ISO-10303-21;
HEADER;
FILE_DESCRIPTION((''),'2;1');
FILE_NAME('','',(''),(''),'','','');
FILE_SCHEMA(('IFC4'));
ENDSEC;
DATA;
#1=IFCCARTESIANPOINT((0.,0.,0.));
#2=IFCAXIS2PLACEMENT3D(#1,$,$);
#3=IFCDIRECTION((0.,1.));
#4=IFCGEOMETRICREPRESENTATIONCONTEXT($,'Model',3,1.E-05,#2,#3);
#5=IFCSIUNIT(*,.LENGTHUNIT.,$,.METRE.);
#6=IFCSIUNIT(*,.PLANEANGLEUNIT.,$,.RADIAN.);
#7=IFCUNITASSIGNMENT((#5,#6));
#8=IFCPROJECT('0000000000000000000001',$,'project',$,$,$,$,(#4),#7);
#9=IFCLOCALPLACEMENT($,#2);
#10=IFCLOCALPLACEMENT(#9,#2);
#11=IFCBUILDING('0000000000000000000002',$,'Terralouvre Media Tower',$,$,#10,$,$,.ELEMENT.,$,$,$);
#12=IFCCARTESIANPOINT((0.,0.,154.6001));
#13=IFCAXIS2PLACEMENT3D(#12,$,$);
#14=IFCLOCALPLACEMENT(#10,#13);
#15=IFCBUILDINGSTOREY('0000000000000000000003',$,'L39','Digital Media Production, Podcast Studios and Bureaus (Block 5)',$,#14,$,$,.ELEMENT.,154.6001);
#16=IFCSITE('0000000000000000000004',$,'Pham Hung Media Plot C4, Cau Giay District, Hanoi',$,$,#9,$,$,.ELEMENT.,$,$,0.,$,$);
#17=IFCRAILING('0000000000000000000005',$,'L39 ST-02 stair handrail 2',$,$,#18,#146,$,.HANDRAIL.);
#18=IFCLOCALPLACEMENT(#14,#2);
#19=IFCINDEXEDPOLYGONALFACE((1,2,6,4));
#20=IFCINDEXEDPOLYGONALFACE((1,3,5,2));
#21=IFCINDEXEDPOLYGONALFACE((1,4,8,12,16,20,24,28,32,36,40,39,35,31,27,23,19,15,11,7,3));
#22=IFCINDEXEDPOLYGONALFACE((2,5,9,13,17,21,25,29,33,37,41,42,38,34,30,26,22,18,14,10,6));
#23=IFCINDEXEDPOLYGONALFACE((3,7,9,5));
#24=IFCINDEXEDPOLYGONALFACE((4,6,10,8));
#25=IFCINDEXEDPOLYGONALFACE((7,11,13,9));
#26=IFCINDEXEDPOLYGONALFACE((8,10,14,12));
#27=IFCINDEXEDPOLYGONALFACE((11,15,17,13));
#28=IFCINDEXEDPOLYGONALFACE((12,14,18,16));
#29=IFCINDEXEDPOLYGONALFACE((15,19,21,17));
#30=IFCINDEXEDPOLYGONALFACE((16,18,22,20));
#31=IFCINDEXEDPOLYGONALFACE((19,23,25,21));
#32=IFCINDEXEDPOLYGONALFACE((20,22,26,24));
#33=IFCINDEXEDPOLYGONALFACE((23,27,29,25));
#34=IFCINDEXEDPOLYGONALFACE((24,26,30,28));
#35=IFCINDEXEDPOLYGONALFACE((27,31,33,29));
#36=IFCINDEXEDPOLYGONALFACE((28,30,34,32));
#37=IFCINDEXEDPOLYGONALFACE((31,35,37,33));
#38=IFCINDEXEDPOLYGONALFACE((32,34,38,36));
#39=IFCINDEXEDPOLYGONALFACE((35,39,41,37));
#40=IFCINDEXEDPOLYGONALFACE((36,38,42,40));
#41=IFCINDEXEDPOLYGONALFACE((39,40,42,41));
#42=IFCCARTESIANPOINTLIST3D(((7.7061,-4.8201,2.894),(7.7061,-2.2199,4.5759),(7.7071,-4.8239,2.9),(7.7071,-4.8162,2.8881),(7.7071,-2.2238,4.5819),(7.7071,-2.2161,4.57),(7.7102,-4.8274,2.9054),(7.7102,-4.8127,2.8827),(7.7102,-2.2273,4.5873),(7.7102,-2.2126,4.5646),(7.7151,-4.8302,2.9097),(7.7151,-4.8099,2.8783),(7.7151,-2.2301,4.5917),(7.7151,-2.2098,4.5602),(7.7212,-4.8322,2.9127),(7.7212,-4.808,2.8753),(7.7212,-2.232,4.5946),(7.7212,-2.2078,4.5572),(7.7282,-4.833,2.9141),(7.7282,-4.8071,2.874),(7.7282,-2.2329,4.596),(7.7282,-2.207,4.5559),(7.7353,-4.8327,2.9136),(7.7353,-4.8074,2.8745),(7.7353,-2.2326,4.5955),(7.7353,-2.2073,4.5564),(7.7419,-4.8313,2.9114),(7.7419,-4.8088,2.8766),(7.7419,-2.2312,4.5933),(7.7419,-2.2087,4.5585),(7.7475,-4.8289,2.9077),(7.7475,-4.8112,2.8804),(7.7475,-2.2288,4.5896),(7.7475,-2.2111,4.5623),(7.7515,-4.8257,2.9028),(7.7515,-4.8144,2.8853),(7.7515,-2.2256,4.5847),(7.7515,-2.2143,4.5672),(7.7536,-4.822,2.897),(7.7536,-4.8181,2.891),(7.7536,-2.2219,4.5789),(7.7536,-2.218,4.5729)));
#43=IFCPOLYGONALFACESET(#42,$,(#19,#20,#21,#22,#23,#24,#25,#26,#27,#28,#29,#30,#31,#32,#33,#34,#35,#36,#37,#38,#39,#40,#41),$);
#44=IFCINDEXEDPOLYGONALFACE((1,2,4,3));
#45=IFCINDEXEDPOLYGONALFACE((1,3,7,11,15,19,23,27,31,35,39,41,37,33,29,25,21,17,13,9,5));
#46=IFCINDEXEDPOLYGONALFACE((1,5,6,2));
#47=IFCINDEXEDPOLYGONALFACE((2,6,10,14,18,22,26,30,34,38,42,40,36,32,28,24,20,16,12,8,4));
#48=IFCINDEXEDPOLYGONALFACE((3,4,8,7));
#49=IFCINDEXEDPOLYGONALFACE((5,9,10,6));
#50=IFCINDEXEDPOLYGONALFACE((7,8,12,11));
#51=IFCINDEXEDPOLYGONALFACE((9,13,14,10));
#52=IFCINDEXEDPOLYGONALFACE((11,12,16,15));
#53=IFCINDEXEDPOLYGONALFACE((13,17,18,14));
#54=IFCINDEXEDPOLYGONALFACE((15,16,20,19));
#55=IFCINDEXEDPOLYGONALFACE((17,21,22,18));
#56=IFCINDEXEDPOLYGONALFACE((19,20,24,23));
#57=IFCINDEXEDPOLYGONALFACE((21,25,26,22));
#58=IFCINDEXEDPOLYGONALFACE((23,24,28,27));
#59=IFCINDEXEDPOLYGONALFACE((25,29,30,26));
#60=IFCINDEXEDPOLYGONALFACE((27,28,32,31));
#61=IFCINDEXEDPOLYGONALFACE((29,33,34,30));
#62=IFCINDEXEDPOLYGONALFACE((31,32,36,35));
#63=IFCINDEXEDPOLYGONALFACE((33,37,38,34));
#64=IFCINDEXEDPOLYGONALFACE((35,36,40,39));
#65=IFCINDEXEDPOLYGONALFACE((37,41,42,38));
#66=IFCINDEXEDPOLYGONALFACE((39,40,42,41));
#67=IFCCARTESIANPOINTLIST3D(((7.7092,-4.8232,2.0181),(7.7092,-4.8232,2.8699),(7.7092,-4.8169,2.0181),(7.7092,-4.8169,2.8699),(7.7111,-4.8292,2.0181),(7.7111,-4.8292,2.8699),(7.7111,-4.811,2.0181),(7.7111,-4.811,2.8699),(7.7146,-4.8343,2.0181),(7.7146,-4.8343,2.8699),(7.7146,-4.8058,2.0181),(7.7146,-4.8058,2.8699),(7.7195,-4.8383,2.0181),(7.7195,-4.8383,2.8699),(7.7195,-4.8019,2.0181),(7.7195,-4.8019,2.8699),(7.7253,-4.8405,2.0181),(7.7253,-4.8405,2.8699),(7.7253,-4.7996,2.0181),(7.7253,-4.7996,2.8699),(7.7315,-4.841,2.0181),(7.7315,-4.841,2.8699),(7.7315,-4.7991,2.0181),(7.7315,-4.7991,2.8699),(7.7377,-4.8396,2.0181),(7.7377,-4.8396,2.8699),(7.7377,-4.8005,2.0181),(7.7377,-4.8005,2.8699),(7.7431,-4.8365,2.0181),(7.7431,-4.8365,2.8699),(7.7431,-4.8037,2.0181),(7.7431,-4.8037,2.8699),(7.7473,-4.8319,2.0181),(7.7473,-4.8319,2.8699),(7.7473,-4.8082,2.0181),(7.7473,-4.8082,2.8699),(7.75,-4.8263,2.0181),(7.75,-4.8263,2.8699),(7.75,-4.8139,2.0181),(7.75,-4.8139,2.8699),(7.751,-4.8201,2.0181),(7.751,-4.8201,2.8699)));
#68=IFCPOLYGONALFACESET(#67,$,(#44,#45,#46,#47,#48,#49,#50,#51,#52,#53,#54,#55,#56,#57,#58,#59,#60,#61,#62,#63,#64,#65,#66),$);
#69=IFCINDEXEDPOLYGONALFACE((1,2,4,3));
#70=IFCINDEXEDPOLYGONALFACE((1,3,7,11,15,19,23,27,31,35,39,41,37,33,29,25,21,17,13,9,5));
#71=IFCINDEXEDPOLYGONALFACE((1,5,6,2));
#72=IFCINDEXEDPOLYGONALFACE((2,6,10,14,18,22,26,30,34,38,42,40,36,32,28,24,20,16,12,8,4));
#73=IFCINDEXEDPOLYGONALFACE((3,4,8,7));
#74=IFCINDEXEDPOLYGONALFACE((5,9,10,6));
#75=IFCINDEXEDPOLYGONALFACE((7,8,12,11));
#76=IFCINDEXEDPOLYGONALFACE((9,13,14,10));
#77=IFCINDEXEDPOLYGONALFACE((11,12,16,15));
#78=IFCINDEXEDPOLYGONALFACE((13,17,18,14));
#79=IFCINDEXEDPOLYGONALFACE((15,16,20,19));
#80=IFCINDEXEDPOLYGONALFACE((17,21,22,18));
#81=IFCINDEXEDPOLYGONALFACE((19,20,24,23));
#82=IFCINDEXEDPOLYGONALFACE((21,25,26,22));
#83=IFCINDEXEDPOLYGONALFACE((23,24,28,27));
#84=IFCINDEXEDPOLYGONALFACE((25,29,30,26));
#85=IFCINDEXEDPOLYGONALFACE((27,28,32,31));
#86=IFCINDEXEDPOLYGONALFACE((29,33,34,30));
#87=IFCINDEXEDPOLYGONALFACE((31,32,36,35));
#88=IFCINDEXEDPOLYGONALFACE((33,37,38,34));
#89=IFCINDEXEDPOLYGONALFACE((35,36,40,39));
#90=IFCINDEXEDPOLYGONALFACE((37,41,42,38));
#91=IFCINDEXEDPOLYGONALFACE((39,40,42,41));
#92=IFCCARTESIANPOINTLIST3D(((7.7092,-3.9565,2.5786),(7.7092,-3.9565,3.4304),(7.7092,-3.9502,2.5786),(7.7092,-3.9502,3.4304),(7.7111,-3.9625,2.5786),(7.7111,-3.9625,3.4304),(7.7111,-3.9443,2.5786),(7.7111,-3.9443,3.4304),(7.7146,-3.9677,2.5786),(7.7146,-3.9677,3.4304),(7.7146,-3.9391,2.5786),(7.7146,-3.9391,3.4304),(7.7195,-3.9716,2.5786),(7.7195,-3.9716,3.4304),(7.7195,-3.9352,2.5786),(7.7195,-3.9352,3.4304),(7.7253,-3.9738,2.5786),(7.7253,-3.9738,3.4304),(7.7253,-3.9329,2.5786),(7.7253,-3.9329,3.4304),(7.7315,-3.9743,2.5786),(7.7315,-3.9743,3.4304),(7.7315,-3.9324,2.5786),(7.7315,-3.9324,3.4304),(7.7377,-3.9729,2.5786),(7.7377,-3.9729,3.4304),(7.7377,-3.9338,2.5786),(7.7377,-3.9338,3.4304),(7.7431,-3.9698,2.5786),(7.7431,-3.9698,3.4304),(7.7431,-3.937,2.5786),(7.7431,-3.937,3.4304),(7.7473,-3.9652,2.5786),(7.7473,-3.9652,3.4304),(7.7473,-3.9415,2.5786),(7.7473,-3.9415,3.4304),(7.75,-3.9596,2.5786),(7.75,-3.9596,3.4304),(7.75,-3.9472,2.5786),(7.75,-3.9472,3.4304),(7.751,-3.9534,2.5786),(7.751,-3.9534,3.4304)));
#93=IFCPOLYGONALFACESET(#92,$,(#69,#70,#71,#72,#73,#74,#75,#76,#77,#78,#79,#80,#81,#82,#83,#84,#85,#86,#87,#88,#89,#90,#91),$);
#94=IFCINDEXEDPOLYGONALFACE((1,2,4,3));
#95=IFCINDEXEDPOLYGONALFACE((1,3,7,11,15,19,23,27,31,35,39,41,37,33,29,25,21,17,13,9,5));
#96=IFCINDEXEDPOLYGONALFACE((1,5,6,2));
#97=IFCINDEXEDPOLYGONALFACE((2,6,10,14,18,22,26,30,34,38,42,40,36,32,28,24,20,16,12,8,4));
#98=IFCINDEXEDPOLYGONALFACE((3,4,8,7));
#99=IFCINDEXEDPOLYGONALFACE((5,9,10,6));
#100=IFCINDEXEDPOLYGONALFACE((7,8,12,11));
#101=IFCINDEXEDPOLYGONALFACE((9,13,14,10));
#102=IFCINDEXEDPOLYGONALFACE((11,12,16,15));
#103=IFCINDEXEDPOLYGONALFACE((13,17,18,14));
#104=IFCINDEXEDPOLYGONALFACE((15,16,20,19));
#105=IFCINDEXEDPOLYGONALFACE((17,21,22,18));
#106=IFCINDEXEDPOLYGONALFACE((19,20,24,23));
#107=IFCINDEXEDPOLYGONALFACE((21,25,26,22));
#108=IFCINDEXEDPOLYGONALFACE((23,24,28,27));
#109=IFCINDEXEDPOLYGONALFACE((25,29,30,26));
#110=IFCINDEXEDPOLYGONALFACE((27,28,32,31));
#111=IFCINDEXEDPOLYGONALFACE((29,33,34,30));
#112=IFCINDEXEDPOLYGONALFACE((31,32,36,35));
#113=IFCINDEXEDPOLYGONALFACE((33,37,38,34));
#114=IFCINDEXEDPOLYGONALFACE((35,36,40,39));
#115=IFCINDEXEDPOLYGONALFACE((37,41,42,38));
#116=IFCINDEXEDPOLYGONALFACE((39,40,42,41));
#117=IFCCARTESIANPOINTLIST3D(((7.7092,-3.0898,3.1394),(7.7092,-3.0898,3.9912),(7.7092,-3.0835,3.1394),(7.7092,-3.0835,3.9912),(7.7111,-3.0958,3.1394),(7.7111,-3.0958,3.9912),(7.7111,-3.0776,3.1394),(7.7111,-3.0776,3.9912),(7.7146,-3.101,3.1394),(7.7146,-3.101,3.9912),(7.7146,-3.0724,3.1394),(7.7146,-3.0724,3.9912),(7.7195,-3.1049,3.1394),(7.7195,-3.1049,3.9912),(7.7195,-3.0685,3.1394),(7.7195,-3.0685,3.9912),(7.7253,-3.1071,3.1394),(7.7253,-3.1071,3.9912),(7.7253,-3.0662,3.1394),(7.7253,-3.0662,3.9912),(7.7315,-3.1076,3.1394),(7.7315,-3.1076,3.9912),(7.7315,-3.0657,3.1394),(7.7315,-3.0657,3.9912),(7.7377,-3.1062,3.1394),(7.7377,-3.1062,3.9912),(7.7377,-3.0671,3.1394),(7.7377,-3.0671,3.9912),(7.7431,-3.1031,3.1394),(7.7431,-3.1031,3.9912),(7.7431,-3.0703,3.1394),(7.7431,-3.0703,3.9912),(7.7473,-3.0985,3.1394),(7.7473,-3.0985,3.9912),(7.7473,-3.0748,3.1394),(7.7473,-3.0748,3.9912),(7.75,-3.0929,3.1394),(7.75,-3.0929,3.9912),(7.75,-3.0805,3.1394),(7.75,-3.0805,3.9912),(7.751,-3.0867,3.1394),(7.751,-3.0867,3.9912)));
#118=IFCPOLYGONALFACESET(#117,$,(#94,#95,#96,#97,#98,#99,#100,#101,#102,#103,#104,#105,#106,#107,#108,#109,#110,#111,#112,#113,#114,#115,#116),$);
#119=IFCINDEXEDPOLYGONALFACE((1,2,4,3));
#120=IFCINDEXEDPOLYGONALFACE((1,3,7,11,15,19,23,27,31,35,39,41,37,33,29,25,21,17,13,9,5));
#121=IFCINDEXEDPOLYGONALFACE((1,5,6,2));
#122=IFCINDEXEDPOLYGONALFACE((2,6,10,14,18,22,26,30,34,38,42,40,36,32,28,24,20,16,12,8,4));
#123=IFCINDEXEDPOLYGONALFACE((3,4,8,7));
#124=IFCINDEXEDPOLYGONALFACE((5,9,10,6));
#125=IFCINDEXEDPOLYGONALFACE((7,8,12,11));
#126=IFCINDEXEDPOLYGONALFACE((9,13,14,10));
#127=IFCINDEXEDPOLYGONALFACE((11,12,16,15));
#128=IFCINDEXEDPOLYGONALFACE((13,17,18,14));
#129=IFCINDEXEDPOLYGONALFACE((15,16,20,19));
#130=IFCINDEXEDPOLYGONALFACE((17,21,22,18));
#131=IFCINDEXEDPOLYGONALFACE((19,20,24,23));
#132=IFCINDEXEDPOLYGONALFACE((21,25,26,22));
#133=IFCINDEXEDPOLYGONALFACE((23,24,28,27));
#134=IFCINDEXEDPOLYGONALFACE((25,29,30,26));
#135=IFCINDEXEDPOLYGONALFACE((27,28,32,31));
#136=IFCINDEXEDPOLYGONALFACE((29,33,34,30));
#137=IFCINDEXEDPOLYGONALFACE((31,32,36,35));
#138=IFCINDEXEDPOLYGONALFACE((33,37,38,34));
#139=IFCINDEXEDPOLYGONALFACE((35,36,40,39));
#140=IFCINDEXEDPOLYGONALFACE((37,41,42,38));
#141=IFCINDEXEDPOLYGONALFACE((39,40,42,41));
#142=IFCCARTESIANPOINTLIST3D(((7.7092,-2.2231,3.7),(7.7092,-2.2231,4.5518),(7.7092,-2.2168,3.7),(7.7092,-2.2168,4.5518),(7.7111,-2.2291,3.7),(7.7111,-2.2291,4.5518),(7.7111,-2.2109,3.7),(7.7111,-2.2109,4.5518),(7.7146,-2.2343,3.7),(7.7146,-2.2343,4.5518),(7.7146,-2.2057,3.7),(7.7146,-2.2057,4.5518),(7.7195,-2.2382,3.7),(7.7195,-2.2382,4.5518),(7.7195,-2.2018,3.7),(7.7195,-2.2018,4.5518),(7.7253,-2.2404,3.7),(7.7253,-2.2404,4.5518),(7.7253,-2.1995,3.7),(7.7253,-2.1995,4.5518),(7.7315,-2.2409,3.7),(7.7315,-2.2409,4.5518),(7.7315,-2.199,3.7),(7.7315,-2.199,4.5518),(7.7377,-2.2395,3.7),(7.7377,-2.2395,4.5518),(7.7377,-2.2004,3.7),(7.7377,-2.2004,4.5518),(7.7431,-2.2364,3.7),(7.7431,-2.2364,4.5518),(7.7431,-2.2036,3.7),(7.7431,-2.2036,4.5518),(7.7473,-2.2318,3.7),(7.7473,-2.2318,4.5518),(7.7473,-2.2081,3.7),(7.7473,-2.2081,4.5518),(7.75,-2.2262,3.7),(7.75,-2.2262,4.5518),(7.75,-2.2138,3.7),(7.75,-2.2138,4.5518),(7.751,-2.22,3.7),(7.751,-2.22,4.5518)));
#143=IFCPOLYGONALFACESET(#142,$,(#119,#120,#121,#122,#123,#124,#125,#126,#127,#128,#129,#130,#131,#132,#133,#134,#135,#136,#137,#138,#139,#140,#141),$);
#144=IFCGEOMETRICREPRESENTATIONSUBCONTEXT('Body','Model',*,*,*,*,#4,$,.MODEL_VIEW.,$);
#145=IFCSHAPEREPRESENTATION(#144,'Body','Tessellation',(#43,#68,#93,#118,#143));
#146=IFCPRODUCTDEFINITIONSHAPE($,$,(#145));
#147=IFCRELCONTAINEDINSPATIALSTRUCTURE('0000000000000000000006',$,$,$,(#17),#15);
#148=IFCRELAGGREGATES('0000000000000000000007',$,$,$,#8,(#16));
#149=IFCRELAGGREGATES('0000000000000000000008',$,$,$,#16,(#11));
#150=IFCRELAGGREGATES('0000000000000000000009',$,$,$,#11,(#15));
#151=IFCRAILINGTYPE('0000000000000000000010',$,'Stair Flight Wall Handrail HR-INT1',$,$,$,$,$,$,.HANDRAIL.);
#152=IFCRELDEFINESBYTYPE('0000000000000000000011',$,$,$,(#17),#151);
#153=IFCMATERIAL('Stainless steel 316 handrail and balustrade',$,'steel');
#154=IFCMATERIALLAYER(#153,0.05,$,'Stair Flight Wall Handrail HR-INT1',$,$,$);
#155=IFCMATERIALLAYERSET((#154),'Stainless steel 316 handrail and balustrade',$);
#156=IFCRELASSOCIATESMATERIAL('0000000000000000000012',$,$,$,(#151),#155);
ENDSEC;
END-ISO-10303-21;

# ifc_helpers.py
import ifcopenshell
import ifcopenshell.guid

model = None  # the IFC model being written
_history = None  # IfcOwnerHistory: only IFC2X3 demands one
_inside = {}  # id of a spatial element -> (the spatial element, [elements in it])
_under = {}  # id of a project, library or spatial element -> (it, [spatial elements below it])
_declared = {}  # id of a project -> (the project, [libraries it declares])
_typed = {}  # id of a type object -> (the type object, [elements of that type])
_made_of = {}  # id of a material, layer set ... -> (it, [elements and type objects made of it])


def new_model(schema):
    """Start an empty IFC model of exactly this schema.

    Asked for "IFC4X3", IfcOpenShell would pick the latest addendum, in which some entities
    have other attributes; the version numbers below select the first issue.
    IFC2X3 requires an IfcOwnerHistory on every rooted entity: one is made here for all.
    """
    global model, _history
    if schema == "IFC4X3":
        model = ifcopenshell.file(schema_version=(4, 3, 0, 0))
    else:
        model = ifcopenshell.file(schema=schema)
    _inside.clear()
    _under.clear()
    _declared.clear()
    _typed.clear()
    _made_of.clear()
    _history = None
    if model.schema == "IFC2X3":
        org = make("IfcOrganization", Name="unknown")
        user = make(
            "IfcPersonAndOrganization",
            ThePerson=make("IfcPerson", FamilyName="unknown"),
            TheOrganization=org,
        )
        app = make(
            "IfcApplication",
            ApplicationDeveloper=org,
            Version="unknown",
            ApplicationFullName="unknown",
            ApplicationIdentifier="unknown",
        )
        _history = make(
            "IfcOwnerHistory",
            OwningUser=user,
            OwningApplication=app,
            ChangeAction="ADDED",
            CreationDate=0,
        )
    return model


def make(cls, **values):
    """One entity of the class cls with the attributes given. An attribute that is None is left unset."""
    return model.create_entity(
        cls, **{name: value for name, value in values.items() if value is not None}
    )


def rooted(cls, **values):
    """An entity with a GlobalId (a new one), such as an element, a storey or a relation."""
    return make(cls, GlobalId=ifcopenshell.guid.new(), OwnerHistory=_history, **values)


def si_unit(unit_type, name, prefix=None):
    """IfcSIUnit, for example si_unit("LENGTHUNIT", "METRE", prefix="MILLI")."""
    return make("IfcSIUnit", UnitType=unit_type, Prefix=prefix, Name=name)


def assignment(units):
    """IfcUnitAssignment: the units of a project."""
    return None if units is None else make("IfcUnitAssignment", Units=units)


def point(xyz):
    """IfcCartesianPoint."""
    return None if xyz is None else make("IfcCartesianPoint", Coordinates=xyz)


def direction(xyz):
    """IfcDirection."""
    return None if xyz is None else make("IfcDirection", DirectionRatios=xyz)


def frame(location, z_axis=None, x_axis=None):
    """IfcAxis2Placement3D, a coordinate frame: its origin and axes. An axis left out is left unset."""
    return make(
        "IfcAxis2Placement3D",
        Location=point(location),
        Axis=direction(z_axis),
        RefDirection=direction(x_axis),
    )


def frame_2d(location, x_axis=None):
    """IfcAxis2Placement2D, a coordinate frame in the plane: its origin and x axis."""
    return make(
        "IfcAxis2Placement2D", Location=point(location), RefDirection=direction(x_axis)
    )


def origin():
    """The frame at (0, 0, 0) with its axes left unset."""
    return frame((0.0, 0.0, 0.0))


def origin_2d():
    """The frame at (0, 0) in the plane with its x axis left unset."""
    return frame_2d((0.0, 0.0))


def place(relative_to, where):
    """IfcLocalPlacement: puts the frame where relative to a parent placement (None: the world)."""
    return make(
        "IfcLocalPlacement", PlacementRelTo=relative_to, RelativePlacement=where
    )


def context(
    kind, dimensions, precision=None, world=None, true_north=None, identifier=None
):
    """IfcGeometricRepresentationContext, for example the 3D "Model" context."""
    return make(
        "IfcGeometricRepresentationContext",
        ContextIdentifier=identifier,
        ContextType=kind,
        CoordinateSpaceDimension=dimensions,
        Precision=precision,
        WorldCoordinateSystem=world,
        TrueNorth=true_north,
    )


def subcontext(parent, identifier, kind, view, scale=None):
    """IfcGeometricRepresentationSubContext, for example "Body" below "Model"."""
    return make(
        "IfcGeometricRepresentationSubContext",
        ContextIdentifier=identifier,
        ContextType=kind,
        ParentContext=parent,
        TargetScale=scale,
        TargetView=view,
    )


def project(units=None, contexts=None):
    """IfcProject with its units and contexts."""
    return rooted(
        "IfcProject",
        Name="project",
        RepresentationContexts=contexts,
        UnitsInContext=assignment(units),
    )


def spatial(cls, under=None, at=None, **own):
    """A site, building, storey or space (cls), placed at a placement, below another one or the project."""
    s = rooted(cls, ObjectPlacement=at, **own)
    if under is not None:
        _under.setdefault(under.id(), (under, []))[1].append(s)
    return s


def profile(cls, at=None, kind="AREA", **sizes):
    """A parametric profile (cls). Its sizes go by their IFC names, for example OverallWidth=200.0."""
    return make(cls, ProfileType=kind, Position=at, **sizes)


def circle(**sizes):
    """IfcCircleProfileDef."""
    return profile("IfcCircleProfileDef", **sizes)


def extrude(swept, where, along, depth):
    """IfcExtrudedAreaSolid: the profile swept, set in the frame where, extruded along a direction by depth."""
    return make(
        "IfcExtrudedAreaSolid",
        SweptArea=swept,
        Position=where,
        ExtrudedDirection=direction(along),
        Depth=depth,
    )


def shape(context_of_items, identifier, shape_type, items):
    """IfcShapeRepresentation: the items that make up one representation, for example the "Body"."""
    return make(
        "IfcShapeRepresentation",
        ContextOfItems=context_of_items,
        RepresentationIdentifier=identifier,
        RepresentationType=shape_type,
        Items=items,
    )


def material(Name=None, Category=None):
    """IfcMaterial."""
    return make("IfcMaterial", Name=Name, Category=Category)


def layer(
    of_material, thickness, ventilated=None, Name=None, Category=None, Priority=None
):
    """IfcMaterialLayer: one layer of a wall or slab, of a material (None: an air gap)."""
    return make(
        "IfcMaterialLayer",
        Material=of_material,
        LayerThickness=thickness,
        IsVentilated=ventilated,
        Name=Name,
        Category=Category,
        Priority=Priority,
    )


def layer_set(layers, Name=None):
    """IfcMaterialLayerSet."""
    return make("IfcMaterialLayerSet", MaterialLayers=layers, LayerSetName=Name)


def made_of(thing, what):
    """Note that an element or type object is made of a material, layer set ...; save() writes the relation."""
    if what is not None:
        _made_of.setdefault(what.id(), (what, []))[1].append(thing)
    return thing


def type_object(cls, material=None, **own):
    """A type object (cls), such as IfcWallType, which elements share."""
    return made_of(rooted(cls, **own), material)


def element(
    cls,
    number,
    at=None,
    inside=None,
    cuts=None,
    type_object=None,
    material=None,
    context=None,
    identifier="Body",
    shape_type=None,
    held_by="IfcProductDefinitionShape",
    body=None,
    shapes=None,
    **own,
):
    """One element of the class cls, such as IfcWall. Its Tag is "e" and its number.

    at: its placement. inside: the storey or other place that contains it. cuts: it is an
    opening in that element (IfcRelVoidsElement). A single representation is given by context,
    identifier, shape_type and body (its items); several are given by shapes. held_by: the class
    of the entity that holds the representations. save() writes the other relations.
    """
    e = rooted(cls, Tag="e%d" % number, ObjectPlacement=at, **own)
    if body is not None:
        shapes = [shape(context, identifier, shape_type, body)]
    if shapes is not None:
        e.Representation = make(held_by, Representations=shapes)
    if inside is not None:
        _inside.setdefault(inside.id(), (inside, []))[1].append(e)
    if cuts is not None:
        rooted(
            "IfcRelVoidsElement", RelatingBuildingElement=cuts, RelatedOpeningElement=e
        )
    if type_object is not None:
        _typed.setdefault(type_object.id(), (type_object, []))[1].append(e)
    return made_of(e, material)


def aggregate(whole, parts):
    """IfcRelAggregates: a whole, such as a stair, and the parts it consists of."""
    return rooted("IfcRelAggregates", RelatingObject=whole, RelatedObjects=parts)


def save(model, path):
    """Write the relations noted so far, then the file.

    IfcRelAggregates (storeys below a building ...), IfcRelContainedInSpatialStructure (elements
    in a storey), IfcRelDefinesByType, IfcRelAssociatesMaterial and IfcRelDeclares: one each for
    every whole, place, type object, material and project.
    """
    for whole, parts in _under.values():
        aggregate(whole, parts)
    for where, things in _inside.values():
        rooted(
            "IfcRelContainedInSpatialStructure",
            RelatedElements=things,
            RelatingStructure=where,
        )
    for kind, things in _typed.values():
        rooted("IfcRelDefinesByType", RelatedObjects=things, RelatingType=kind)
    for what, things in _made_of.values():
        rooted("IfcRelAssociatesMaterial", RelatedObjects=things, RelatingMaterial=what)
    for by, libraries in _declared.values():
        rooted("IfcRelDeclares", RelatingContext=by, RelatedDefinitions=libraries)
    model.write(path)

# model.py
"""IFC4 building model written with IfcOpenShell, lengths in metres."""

from ifc_helpers import new_model, si_unit, direction, frame, origin, origin_2d, place, context, subcontext, project, spatial, circle, extrude, material, layer, layer_set, type_object, element, save


model = new_model("IFC4")

# Units and contexts
model_context = context("Model", 3, precision=1e-05, world=origin(), true_north=direction((0.0, 1.0)))
body_context = subcontext(model_context, "Body", "Model", "MODEL_VIEW")
ifc_project = project(units=[si_unit("LENGTHUNIT", "METRE"), si_unit("PLANEANGLEUNIT", "RADIAN")], contexts=[model_context])

# Site, building, storey
site_placement = place(None, origin())
site = spatial("IfcSite", under=ifc_project, at=site_placement, Name="Pham Hung Media Plot C4, Cau Giay District, Hanoi", CompositionType="ELEMENT", RefElevation=0.0)
building_placement = place(site_placement, origin())
building = spatial("IfcBuilding", under=site, at=building_placement, Name="Terralouvre Media Tower", CompositionType="ELEMENT")
storey_placement = place(building_placement, frame((0.0, 0.0, 154.6001)))
storey = spatial("IfcBuildingStorey", under=building, at=storey_placement, Name="L39", Description="Digital Media Production, Podcast Studios and Bureaus (Block 5)", CompositionType="ELEMENT", Elevation=154.6001)

# Railing
ifc_material_1 = material(Name="Stainless steel 316 handrail and balustrade", Category="steel")
ifc_layer_1 = layer(ifc_material_1, 0.05, Name="Stair Flight Wall Handrail HR-INT1")
ifc_layer_set_1 = layer_set([ifc_layer_1], Name="Stainless steel 316 handrail and balustrade")
railing_type_1 = type_object("IfcRailingType", Name="Stair Flight Wall Handrail HR-INT1", PredefinedType="HANDRAIL", material=ifc_layer_set_1)
railing_1_placement = place(storey_placement, frame((7.73, -4.8201, 2.0181)))
element("IfcRailing", 1, at=railing_1_placement, inside=storey, type_object=railing_type_1, Name="L39 ST-02 stair handrail 2", PredefinedType="HANDRAIL", context=body_context, shape_type="SweptSolid", body=[
    extrude(circle(Radius=0.0239, at=origin_2d()), frame((0.0, 0.0, 0.876), z_axis=(0.0, 0.839648, 0.54313), x_axis=(-1.0, 0.0, 0.0)), (0.0, 0.0, 1.0), 3.0967),
    extrude(circle(Radius=0.021, at=origin_2d()), origin(), (0.0, 0.0, 1.0), 0.8518),
    extrude(circle(Radius=0.021, at=origin_2d()), frame((0.0, 0.8667, 0.5605)), (0.0, 0.0, 1.0), 0.8518),
    extrude(circle(Radius=0.021, at=origin_2d()), frame((0.0, 1.7334, 1.1213)), (0.0, 0.0, 1.0), 0.8518),
    extrude(circle(Radius=0.021, at=origin_2d()), frame((0.0, 2.6001, 1.6819)), (0.0, 0.0, 1.0), 0.8518),
])

save(model, "model.ifc")
